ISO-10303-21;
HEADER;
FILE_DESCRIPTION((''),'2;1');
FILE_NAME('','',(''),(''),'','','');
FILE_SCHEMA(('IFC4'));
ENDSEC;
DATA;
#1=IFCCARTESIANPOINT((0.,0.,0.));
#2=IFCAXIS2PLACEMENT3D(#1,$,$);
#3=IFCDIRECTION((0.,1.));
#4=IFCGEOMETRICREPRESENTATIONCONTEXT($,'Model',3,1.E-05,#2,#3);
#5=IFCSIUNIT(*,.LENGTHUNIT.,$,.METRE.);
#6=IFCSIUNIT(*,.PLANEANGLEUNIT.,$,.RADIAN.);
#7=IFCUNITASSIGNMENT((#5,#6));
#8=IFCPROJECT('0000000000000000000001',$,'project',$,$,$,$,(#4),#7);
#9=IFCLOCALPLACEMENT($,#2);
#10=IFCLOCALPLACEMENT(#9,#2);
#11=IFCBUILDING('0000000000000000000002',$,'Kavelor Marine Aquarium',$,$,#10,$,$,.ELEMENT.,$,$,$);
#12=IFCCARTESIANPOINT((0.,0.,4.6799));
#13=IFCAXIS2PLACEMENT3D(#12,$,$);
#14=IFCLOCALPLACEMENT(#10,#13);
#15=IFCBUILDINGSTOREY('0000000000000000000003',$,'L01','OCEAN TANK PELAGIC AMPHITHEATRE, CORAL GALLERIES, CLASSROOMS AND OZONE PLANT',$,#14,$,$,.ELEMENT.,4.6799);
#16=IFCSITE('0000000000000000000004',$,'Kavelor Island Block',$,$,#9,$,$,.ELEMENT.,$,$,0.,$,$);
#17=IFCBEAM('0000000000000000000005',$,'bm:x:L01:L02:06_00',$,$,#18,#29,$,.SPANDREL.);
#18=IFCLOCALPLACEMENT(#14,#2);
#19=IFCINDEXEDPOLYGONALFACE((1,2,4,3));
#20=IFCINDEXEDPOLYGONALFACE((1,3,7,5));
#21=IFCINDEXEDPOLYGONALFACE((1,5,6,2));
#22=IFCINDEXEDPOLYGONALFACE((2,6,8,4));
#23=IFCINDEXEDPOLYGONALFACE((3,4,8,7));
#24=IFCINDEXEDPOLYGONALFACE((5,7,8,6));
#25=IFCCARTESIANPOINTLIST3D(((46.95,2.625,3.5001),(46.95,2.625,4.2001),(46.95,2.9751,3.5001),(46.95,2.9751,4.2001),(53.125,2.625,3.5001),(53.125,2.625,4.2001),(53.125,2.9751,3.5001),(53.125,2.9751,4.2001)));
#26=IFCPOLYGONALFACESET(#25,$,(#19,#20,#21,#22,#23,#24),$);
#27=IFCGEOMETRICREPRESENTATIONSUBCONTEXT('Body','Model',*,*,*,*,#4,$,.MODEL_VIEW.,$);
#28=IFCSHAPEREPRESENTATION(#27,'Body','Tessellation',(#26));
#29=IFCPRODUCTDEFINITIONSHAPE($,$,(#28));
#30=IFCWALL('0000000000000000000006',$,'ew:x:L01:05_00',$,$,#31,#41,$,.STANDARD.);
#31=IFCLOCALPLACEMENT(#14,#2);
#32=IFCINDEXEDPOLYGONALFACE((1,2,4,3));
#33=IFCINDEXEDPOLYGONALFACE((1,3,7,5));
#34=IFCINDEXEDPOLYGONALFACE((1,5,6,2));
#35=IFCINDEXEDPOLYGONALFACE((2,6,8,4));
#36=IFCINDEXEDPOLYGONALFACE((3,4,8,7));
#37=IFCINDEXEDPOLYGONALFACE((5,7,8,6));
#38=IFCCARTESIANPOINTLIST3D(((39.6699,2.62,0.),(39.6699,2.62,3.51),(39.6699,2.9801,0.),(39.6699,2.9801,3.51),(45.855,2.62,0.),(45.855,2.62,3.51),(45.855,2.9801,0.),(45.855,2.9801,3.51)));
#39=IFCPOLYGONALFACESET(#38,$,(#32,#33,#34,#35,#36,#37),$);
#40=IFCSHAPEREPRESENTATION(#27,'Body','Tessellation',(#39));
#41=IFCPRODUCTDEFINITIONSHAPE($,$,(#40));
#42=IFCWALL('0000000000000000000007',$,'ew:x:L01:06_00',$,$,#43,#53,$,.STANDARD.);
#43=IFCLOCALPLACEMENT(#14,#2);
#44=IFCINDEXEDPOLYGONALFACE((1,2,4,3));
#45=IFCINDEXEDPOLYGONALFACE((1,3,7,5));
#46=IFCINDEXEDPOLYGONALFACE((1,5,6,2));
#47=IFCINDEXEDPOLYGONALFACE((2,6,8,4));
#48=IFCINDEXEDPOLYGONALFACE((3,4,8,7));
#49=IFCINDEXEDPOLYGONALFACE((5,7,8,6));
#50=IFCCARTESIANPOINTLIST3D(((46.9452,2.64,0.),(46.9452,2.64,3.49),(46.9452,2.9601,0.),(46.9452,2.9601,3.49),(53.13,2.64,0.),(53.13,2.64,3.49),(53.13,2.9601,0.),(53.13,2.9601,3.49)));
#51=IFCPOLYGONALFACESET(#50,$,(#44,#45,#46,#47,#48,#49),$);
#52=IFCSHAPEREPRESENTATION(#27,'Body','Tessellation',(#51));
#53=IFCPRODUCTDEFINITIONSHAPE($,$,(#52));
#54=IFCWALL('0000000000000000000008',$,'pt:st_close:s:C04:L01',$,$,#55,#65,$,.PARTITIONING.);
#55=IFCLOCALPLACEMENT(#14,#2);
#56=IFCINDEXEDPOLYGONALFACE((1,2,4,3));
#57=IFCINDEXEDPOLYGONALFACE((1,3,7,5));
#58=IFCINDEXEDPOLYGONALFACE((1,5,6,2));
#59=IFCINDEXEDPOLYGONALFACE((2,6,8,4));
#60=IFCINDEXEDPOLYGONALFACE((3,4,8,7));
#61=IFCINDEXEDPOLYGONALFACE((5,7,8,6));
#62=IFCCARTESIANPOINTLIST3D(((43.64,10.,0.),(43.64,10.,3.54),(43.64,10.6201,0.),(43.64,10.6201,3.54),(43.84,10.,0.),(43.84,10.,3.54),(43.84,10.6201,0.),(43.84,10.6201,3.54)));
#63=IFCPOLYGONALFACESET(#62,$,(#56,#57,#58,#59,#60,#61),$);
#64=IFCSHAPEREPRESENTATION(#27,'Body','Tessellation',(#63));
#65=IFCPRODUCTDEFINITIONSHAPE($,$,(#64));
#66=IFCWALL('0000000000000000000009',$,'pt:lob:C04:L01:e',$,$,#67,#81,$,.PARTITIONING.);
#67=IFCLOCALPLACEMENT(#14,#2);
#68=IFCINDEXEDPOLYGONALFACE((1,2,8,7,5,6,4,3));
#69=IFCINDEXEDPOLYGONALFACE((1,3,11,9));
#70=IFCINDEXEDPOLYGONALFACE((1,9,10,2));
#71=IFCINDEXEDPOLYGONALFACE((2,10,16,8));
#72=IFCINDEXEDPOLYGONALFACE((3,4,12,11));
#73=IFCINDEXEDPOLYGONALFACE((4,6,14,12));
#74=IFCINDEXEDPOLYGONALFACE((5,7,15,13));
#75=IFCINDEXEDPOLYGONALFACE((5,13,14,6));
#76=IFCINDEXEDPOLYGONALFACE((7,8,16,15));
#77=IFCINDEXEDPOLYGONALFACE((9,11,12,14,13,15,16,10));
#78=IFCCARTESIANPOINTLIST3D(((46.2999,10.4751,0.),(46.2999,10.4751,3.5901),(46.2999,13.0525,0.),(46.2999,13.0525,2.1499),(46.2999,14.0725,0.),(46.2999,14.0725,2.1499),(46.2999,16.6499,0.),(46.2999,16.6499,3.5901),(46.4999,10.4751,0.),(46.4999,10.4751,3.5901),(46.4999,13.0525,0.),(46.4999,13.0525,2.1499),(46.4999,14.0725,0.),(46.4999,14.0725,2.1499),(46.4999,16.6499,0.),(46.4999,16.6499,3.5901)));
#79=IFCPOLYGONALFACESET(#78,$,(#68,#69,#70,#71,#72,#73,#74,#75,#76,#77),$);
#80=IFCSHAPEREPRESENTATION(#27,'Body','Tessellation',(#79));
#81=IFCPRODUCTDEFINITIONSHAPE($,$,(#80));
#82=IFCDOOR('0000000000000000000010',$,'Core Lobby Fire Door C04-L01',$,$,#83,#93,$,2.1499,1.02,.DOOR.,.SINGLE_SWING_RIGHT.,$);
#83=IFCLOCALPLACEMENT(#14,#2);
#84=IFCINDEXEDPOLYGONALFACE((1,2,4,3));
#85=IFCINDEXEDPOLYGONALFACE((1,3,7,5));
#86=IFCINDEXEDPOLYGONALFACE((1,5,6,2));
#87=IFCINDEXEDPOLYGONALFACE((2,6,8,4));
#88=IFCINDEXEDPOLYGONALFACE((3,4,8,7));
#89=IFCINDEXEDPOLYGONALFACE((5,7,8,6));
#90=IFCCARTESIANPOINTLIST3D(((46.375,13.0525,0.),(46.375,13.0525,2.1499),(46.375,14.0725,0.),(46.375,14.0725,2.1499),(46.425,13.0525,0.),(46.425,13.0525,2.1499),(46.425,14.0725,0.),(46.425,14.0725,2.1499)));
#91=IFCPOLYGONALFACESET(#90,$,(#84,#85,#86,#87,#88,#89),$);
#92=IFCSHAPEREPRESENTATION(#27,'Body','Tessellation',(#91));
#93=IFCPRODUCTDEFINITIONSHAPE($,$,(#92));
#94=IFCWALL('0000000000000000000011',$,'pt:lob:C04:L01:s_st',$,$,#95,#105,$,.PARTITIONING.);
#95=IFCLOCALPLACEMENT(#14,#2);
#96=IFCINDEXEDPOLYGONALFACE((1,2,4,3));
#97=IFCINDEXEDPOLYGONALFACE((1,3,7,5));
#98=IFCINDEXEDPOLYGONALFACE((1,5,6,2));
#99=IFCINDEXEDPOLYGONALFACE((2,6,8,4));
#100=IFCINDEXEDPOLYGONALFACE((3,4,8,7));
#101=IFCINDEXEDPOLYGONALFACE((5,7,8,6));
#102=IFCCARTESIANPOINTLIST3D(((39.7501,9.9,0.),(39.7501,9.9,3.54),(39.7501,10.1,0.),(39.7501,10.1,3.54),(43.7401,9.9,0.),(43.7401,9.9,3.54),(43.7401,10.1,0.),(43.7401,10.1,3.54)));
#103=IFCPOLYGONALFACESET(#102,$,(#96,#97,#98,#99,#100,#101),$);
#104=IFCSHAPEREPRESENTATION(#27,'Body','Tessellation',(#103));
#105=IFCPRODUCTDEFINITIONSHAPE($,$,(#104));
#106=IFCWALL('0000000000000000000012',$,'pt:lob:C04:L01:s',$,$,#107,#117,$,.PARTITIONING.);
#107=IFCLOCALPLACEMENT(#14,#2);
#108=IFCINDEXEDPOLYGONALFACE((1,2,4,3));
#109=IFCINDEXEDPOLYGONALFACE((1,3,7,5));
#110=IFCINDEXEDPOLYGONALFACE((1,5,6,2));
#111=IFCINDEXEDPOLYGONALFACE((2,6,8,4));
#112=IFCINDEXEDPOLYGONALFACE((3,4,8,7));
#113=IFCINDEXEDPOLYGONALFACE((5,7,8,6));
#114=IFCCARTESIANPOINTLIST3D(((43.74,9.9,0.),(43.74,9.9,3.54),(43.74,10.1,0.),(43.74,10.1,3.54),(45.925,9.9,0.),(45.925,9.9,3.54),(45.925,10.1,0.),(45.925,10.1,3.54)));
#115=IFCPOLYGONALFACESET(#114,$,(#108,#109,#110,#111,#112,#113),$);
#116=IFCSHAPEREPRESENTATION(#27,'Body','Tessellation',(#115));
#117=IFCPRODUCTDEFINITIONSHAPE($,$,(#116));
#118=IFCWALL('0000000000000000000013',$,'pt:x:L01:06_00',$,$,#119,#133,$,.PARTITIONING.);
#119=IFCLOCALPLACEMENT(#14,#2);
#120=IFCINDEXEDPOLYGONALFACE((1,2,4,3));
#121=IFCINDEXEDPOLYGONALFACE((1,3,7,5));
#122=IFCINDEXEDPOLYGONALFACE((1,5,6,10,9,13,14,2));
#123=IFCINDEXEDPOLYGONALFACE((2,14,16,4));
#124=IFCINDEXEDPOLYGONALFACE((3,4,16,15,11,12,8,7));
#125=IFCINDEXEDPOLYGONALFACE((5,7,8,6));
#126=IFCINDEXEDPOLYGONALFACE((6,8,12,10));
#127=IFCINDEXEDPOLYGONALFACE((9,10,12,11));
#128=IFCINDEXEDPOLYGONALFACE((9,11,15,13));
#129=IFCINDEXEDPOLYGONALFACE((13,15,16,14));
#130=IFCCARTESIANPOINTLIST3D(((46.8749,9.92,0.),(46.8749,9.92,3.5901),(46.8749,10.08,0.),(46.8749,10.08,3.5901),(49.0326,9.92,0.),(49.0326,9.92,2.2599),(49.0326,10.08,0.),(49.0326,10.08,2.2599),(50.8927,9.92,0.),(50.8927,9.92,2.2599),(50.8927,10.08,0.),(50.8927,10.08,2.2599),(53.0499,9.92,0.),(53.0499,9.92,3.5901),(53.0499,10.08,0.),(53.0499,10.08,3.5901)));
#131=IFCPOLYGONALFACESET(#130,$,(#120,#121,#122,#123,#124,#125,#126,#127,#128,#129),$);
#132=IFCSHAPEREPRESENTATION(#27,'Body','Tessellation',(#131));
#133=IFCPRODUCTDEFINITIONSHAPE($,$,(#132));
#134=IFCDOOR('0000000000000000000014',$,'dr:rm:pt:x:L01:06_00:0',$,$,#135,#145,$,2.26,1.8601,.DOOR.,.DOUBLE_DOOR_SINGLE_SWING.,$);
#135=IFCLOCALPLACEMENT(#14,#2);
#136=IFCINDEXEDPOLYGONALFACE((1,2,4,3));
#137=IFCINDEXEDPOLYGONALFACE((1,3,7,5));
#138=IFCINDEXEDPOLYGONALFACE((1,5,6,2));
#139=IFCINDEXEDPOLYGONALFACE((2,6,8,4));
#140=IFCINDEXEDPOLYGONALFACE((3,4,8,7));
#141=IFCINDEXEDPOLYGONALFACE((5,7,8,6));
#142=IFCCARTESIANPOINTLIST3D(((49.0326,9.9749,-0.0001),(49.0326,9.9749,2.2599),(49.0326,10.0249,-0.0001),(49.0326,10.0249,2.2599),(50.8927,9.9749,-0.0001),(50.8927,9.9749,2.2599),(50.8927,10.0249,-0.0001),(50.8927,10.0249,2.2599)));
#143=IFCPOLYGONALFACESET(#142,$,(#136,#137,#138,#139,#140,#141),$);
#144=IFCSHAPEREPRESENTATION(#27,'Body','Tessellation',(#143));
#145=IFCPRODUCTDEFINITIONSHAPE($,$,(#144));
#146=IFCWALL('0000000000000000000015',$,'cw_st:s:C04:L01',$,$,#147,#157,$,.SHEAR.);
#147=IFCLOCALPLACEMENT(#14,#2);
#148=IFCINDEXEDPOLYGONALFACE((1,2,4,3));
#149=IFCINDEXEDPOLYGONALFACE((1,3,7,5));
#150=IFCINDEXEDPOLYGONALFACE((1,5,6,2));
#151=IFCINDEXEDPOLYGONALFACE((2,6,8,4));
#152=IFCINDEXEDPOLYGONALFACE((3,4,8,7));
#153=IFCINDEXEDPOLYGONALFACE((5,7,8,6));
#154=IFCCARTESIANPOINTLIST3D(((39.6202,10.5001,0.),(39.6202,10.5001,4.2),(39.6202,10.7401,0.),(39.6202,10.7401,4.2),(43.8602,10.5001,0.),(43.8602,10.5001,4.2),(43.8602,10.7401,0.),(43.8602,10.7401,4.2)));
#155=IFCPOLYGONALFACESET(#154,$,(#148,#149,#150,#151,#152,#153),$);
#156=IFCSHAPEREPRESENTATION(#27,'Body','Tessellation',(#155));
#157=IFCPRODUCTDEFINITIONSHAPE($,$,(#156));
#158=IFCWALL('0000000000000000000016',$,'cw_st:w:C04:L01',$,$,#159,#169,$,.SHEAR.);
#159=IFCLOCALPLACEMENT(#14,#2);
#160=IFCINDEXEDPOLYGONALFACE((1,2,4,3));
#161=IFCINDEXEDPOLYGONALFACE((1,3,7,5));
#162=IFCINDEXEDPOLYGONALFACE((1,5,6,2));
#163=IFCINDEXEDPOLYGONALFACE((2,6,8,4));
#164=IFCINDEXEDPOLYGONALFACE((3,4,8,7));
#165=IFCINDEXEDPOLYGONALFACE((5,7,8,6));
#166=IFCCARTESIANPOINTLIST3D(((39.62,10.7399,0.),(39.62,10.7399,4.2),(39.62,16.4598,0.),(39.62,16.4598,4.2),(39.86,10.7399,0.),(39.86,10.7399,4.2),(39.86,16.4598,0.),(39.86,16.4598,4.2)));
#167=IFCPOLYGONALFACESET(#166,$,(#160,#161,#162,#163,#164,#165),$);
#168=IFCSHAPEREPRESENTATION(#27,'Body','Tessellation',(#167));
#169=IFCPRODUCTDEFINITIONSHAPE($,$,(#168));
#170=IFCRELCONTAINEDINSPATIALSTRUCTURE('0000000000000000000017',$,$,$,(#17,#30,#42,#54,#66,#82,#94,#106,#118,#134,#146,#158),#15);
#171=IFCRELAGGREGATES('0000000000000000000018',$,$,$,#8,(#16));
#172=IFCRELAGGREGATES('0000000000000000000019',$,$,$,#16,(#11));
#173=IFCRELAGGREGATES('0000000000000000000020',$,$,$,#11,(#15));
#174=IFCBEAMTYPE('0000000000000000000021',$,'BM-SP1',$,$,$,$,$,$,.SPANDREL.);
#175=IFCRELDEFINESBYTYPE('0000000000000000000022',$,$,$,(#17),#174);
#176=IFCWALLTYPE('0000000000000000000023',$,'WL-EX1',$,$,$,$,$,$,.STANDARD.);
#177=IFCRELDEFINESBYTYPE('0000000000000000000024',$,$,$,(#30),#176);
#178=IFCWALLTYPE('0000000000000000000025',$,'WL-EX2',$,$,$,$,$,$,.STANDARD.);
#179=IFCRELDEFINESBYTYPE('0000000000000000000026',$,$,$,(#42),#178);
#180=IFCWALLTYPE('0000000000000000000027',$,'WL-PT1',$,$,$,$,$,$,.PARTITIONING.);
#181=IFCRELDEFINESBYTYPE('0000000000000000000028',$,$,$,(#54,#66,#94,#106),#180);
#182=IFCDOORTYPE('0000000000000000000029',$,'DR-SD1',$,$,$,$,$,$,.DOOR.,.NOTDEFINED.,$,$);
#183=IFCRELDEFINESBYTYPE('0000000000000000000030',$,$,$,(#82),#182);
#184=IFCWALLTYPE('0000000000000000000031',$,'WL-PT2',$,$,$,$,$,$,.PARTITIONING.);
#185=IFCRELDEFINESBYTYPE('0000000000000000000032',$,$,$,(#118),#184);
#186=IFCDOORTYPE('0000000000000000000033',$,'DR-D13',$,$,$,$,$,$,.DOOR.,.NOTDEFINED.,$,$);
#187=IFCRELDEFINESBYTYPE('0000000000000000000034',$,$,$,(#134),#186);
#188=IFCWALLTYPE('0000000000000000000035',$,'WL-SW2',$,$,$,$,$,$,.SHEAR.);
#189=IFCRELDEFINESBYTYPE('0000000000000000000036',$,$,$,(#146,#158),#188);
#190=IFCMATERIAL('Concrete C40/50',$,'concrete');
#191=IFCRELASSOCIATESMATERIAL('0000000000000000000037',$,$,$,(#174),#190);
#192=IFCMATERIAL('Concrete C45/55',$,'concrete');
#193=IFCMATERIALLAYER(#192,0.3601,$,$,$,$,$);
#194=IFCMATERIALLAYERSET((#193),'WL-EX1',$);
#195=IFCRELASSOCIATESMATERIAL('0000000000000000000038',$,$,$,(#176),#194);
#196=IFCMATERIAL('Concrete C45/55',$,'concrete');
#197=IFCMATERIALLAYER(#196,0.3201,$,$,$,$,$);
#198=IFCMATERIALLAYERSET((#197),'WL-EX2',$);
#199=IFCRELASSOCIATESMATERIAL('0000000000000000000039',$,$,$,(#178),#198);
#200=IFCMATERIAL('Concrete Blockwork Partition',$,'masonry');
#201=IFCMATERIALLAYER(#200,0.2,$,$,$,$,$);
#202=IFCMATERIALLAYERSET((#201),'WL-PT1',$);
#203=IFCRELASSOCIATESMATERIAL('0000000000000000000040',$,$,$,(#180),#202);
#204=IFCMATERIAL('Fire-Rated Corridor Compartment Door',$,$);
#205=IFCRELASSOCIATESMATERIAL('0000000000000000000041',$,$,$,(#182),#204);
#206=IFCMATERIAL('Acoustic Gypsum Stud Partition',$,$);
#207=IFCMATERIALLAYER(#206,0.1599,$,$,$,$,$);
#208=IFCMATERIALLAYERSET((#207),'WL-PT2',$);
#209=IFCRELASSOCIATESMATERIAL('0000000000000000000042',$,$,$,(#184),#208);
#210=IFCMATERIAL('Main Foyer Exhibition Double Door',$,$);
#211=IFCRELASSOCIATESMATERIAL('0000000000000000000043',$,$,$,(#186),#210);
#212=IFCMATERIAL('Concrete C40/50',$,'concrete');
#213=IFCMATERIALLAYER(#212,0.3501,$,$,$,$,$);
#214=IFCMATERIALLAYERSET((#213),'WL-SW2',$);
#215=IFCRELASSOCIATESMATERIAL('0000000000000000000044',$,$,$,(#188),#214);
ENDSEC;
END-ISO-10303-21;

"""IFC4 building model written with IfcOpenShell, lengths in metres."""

from ifc_helpers import new_model, si_unit, direction, frame, frame_2d, origin, origin_2d, place, context, subcontext, project, spatial, rectangle, extrude, material, layer, layer_set, material_profile, profile_set, type_object, element, fill, save


model = new_model("IFC4")

# Units and contexts
model_context = context("Model", 3, precision=1e-05, world=origin(), true_north=direction((0.0, 1.0)))
body_context = subcontext(model_context, "Body", "Model", "MODEL_VIEW")
ifc_project = project(units=[si_unit("LENGTHUNIT", "METRE"), si_unit("PLANEANGLEUNIT", "RADIAN")], contexts=[model_context])

# Site, building, storey
site_placement = place(None, origin())
site = spatial("IfcSite", under=ifc_project, at=site_placement, Name="Kavelor Island Block", CompositionType="ELEMENT", RefElevation=0.0)
building_placement = place(site_placement, origin())
building = spatial("IfcBuilding", under=site, at=building_placement, Name="Kavelor Marine Aquarium", CompositionType="ELEMENT")
storey_placement = place(building_placement, frame((0.0, 0.0, 4.6799)))
storey = spatial("IfcBuildingStorey", under=building, at=storey_placement, Name="L01", Description="OCEAN TANK PELAGIC AMPHITHEATRE, CORAL GALLERIES, CLASSROOMS AND OZONE PLANT", CompositionType="ELEMENT", Elevation=4.6799)

# Beam
ifc_material_1 = material(Name="Concrete C40/50", Category="concrete")
ifc_material_profile_1 = material_profile(ifc_material_1, rectangle(XDim=0.3501, YDim=0.7, at=origin_2d()), Name="RC-SP 350x700")
ifc_profile_set_1 = profile_set([ifc_material_profile_1], Name="Concrete C40/50")
beam_type_1 = type_object("IfcBeamType", Name="BM-SP1", PredefinedType="SPANDREL", material=ifc_profile_set_1)
for number, where, z_axis, x_axis, name in (
    (1, (46.95, 2.8, 3.8501), (1.0, 0.0, 0.0), (0.0, 1.0, 0.0), "bm:x:L01:L02:06_00"),
):
    element("IfcBeam", number, at=place(storey_placement, frame(where, z_axis=z_axis, x_axis=x_axis)), inside=storey, type_object=beam_type_1, Name=name, PredefinedType="SPANDREL", context=body_context, shape_type="SweptSolid", body=[
        extrude(rectangle(XDim=0.3501, YDim=0.7, at=origin_2d()), origin(), (0.0, 0.0, 1.0), 6.175),
    ])

# Walls
ifc_material_2 = material(Name="Concrete C45/55", Category="concrete")
ifc_layer_1 = layer(ifc_material_2, 0.3601)
ifc_layer_set_1 = layer_set([ifc_layer_1], Name="WL-EX1")
wall_type_1 = type_object("IfcWallType", Name="WL-EX1", PredefinedType="STANDARD", material=ifc_layer_set_1)
wall_1_placement = place(storey_placement, frame((45.855, 2.8, 0.0), z_axis=(0.0, 0.0, 1.0), x_axis=(-1.0, 0.0, 0.0)))
element("IfcWall", 2, at=wall_1_placement, inside=storey, type_object=wall_type_1, Name="ew:x:L01:05_00", PredefinedType="STANDARD", context=body_context, shape_type="SweptSolid", body=[
    extrude(rectangle(XDim=6.1851, YDim=0.3601, at=frame_2d((3.0925, 0.0))), origin(), (0.0, 0.0, 1.0), 3.51),
])
ifc_material_3 = material(Name="Concrete C45/55", Category="concrete")
ifc_layer_2 = layer(ifc_material_3, 0.3201)
ifc_layer_set_2 = layer_set([ifc_layer_2], Name="WL-EX2")
wall_type_2 = type_object("IfcWallType", Name="WL-EX2", PredefinedType="STANDARD", material=ifc_layer_set_2)
wall_2_placement = place(storey_placement, frame((53.1299, 2.8, 0.0), z_axis=(0.0, 0.0, 1.0), x_axis=(-1.0, 0.0, 0.0)))
element("IfcWall", 3, at=wall_2_placement, inside=storey, type_object=wall_type_2, Name="ew:x:L01:06_00", PredefinedType="STANDARD", context=body_context, shape_type="SweptSolid", body=[
    extrude(rectangle(XDim=6.1848, YDim=0.3201, at=frame_2d((3.0923, 0.0))), origin(), (0.0, 0.0, 1.0), 3.49),
])
ifc_material_4 = material(Name="Concrete Blockwork Partition", Category="masonry")
ifc_layer_3 = layer(ifc_material_4, 0.2)
ifc_layer_set_3 = layer_set([ifc_layer_3], Name="WL-PT1")
wall_type_3 = type_object("IfcWallType", Name="WL-PT1", PredefinedType="PARTITIONING", material=ifc_layer_set_3)
wall_3_placement = place(storey_placement, frame((43.74, 10.0, 0.0), z_axis=(0.0, 0.0, 1.0), x_axis=(0.0, 1.0, 0.0)))
element("IfcWall", 4, at=wall_3_placement, inside=storey, type_object=wall_type_3, Name="pt:st_close:s:C04:L01", PredefinedType="PARTITIONING", context=body_context, shape_type="SweptSolid", body=[
    extrude(rectangle(XDim=0.6201, YDim=0.2, at=frame_2d((0.3101, 0.0))), origin(), (0.0, 0.0, 1.0), 3.54),
])

# Wall, opening, door
wall_4_placement = place(storey_placement, frame((46.3999, 10.4751, 0.0), z_axis=(0.0, 0.0, 1.0), x_axis=(0.0, 1.0, 0.0)))
wall_4 = element("IfcWall", 5, at=wall_4_placement, inside=storey, type_object=wall_type_3, Name="pt:lob:C04:L01:e", PredefinedType="PARTITIONING", context=body_context, shape_type="SweptSolid", body=[
    extrude(rectangle(XDim=6.1748, YDim=0.2, at=frame_2d((3.0874, 0.0))), origin(), (0.0, 0.0, 1.0), 3.5901),
])
opening_1_placement = place(wall_4_placement, frame((2.5774, 0.0, 0.0)))
opening_1 = element("IfcOpeningElement", 6, at=opening_1_placement, cuts=wall_4, PredefinedType="OPENING", context=body_context, shape_type="SweptSolid", body=[
    extrude(rectangle(XDim=1.02, YDim=2.1499, at=frame_2d((0.51, 1.075))), frame((0.0, 0.1099, 0.0), z_axis=(0.0, -1.0, 0.0), x_axis=(1.0, 0.0, 0.0)), (0.0, 0.0, 1.0), 0.22),
])
ifc_material_5 = material(Name="Fire-Rated Corridor Compartment Door")
door_type_1 = type_object("IfcDoorType", Name="DR-SD1", OperationType="NOTDEFINED", PredefinedType="DOOR", material=ifc_material_5)
door_1_placement = place(opening_1_placement, origin())
door_1 = element("IfcDoor", 7, at=door_1_placement, inside=storey, type_object=door_type_1, Name="Core Lobby Fire Door C04-L01", OperationType="SINGLE_SWING_RIGHT", OverallHeight=2.1499, OverallWidth=1.02, PredefinedType="DOOR", context=body_context, shape_type="SweptSolid", body=[
    extrude(rectangle(XDim=1.02, YDim=2.1499, at=frame_2d((0.51, 1.075))), frame((0.0, 0.0249, 0.0), z_axis=(0.0, -1.0, 0.0), x_axis=(1.0, 0.0, 0.0)), (0.0, 0.0, 1.0), 0.05),
])
fill(opening_1, door_1)

# Walls
wall_5_placement = place(storey_placement, frame((39.75, 10.0, 0.0), z_axis=(0.0, 0.0, 1.0), x_axis=(1.0, 0.0, 0.0)))
element("IfcWall", 8, at=wall_5_placement, inside=storey, type_object=wall_type_3, Name="pt:lob:C04:L01:s_st", PredefinedType="PARTITIONING", context=body_context, shape_type="SweptSolid", body=[
    extrude(rectangle(XDim=3.99, YDim=0.2, at=frame_2d((1.9951, 0.0))), origin(), (0.0, 0.0, 1.0), 3.54),
])
wall_6_placement = place(storey_placement, frame((43.74, 10.0, 0.0), z_axis=(0.0, 0.0, 1.0), x_axis=(1.0, 0.0, 0.0)))
element("IfcWall", 9, at=wall_6_placement, inside=storey, type_object=wall_type_3, Name="pt:lob:C04:L01:s", PredefinedType="PARTITIONING", context=body_context, shape_type="SweptSolid", body=[
    extrude(rectangle(XDim=2.1851, YDim=0.2, at=frame_2d((1.0925, 0.0))), origin(), (0.0, 0.0, 1.0), 3.54),
])

# Wall, opening, door
ifc_material_6 = material(Name="Acoustic Gypsum Stud Partition")
ifc_layer_4 = layer(ifc_material_6, 0.1599)
ifc_layer_set_4 = layer_set([ifc_layer_4], Name="WL-PT2")
wall_type_4 = type_object("IfcWallType", Name="WL-PT2", PredefinedType="PARTITIONING", material=ifc_layer_set_4)
wall_7_placement = place(storey_placement, frame((46.875, 10.0, 0.0), z_axis=(0.0, 0.0, 1.0), x_axis=(1.0, 0.0, 0.0)))
wall_7 = element("IfcWall", 10, at=wall_7_placement, inside=storey, type_object=wall_type_4, Name="pt:x:L01:06_00", PredefinedType="PARTITIONING", context=body_context, shape_type="SweptSolid", body=[
    extrude(rectangle(XDim=6.175, YDim=0.1599, at=frame_2d((3.0874, 0.0))), origin(), (0.0, 0.0, 1.0), 3.5901),
])
opening_2_placement = place(wall_7_placement, frame((2.1575, 0.0, 0.0)))
opening_2 = element("IfcOpeningElement", 11, at=opening_2_placement, cuts=wall_7, PredefinedType="OPENING", context=body_context, shape_type="SweptSolid", body=[
    extrude(rectangle(XDim=1.8601, YDim=2.26, at=frame_2d((0.9302, 1.1299))), frame((0.0, 0.0898, 0.0), z_axis=(0.0, -1.0, 0.0), x_axis=(1.0, 0.0, 0.0)), (0.0, 0.0, 1.0), 0.1799),
])
ifc_material_7 = material(Name="Main Foyer Exhibition Double Door")
door_type_2 = type_object("IfcDoorType", Name="DR-D13", OperationType="NOTDEFINED", PredefinedType="DOOR", material=ifc_material_7)
door_2_placement = place(opening_2_placement, origin())
door_2 = element("IfcDoor", 12, at=door_2_placement, inside=storey, type_object=door_type_2, Name="dr:rm:pt:x:L01:06_00:0", OperationType="DOUBLE_DOOR_SINGLE_SWING", OverallHeight=2.26, OverallWidth=1.8601, PredefinedType="DOOR", context=body_context, shape_type="SweptSolid", body=[
    extrude(rectangle(XDim=1.8601, YDim=2.26, at=frame_2d((0.9302, 1.1299))), frame((0.0, 0.0249, 0.0), z_axis=(0.0, -1.0, 0.0), x_axis=(1.0, 0.0, 0.0)), (0.0, 0.0, 1.0), 0.05),
])
fill(opening_2, door_2)

# Walls
ifc_material_8 = material(Name="Concrete C40/50", Category="concrete")
ifc_layer_5 = layer(ifc_material_8, 0.3501)
ifc_layer_set_5 = layer_set([ifc_layer_5], Name="WL-SW2")
wall_type_5 = type_object("IfcWallType", Name="WL-SW2", PredefinedType="SHEAR", material=ifc_layer_set_5)
wall_8_placement = place(storey_placement, frame((39.6201, 10.6201, 0.0), z_axis=(0.0, 0.0, 1.0), x_axis=(1.0, 0.0, 0.0)))
element("IfcWall", 13, at=wall_8_placement, inside=storey, type_object=wall_type_5, Name="cw_st:s:C04:L01", PredefinedType="SHEAR", context=body_context, shape_type="SweptSolid", body=[
    extrude(rectangle(XDim=4.24, YDim=0.24, at=frame_2d((2.1201, 0.0))), origin(), (0.0, 0.0, 1.0), 4.2),
])
wall_9_placement = place(storey_placement, frame((39.74, 10.74, 0.0), z_axis=(0.0, 0.0, 1.0), x_axis=(0.0, 1.0, 0.0)))
element("IfcWall", 14, at=wall_9_placement, inside=storey, type_object=wall_type_5, Name="cw_st:w:C04:L01", PredefinedType="SHEAR", context=body_context, shape_type="SweptSolid", body=[
    extrude(rectangle(XDim=5.72, YDim=0.24, at=frame_2d((2.8599, 0.0))), origin(), (0.0, 0.0, 1.0), 4.2),
])

save(model, "model.ifc")
